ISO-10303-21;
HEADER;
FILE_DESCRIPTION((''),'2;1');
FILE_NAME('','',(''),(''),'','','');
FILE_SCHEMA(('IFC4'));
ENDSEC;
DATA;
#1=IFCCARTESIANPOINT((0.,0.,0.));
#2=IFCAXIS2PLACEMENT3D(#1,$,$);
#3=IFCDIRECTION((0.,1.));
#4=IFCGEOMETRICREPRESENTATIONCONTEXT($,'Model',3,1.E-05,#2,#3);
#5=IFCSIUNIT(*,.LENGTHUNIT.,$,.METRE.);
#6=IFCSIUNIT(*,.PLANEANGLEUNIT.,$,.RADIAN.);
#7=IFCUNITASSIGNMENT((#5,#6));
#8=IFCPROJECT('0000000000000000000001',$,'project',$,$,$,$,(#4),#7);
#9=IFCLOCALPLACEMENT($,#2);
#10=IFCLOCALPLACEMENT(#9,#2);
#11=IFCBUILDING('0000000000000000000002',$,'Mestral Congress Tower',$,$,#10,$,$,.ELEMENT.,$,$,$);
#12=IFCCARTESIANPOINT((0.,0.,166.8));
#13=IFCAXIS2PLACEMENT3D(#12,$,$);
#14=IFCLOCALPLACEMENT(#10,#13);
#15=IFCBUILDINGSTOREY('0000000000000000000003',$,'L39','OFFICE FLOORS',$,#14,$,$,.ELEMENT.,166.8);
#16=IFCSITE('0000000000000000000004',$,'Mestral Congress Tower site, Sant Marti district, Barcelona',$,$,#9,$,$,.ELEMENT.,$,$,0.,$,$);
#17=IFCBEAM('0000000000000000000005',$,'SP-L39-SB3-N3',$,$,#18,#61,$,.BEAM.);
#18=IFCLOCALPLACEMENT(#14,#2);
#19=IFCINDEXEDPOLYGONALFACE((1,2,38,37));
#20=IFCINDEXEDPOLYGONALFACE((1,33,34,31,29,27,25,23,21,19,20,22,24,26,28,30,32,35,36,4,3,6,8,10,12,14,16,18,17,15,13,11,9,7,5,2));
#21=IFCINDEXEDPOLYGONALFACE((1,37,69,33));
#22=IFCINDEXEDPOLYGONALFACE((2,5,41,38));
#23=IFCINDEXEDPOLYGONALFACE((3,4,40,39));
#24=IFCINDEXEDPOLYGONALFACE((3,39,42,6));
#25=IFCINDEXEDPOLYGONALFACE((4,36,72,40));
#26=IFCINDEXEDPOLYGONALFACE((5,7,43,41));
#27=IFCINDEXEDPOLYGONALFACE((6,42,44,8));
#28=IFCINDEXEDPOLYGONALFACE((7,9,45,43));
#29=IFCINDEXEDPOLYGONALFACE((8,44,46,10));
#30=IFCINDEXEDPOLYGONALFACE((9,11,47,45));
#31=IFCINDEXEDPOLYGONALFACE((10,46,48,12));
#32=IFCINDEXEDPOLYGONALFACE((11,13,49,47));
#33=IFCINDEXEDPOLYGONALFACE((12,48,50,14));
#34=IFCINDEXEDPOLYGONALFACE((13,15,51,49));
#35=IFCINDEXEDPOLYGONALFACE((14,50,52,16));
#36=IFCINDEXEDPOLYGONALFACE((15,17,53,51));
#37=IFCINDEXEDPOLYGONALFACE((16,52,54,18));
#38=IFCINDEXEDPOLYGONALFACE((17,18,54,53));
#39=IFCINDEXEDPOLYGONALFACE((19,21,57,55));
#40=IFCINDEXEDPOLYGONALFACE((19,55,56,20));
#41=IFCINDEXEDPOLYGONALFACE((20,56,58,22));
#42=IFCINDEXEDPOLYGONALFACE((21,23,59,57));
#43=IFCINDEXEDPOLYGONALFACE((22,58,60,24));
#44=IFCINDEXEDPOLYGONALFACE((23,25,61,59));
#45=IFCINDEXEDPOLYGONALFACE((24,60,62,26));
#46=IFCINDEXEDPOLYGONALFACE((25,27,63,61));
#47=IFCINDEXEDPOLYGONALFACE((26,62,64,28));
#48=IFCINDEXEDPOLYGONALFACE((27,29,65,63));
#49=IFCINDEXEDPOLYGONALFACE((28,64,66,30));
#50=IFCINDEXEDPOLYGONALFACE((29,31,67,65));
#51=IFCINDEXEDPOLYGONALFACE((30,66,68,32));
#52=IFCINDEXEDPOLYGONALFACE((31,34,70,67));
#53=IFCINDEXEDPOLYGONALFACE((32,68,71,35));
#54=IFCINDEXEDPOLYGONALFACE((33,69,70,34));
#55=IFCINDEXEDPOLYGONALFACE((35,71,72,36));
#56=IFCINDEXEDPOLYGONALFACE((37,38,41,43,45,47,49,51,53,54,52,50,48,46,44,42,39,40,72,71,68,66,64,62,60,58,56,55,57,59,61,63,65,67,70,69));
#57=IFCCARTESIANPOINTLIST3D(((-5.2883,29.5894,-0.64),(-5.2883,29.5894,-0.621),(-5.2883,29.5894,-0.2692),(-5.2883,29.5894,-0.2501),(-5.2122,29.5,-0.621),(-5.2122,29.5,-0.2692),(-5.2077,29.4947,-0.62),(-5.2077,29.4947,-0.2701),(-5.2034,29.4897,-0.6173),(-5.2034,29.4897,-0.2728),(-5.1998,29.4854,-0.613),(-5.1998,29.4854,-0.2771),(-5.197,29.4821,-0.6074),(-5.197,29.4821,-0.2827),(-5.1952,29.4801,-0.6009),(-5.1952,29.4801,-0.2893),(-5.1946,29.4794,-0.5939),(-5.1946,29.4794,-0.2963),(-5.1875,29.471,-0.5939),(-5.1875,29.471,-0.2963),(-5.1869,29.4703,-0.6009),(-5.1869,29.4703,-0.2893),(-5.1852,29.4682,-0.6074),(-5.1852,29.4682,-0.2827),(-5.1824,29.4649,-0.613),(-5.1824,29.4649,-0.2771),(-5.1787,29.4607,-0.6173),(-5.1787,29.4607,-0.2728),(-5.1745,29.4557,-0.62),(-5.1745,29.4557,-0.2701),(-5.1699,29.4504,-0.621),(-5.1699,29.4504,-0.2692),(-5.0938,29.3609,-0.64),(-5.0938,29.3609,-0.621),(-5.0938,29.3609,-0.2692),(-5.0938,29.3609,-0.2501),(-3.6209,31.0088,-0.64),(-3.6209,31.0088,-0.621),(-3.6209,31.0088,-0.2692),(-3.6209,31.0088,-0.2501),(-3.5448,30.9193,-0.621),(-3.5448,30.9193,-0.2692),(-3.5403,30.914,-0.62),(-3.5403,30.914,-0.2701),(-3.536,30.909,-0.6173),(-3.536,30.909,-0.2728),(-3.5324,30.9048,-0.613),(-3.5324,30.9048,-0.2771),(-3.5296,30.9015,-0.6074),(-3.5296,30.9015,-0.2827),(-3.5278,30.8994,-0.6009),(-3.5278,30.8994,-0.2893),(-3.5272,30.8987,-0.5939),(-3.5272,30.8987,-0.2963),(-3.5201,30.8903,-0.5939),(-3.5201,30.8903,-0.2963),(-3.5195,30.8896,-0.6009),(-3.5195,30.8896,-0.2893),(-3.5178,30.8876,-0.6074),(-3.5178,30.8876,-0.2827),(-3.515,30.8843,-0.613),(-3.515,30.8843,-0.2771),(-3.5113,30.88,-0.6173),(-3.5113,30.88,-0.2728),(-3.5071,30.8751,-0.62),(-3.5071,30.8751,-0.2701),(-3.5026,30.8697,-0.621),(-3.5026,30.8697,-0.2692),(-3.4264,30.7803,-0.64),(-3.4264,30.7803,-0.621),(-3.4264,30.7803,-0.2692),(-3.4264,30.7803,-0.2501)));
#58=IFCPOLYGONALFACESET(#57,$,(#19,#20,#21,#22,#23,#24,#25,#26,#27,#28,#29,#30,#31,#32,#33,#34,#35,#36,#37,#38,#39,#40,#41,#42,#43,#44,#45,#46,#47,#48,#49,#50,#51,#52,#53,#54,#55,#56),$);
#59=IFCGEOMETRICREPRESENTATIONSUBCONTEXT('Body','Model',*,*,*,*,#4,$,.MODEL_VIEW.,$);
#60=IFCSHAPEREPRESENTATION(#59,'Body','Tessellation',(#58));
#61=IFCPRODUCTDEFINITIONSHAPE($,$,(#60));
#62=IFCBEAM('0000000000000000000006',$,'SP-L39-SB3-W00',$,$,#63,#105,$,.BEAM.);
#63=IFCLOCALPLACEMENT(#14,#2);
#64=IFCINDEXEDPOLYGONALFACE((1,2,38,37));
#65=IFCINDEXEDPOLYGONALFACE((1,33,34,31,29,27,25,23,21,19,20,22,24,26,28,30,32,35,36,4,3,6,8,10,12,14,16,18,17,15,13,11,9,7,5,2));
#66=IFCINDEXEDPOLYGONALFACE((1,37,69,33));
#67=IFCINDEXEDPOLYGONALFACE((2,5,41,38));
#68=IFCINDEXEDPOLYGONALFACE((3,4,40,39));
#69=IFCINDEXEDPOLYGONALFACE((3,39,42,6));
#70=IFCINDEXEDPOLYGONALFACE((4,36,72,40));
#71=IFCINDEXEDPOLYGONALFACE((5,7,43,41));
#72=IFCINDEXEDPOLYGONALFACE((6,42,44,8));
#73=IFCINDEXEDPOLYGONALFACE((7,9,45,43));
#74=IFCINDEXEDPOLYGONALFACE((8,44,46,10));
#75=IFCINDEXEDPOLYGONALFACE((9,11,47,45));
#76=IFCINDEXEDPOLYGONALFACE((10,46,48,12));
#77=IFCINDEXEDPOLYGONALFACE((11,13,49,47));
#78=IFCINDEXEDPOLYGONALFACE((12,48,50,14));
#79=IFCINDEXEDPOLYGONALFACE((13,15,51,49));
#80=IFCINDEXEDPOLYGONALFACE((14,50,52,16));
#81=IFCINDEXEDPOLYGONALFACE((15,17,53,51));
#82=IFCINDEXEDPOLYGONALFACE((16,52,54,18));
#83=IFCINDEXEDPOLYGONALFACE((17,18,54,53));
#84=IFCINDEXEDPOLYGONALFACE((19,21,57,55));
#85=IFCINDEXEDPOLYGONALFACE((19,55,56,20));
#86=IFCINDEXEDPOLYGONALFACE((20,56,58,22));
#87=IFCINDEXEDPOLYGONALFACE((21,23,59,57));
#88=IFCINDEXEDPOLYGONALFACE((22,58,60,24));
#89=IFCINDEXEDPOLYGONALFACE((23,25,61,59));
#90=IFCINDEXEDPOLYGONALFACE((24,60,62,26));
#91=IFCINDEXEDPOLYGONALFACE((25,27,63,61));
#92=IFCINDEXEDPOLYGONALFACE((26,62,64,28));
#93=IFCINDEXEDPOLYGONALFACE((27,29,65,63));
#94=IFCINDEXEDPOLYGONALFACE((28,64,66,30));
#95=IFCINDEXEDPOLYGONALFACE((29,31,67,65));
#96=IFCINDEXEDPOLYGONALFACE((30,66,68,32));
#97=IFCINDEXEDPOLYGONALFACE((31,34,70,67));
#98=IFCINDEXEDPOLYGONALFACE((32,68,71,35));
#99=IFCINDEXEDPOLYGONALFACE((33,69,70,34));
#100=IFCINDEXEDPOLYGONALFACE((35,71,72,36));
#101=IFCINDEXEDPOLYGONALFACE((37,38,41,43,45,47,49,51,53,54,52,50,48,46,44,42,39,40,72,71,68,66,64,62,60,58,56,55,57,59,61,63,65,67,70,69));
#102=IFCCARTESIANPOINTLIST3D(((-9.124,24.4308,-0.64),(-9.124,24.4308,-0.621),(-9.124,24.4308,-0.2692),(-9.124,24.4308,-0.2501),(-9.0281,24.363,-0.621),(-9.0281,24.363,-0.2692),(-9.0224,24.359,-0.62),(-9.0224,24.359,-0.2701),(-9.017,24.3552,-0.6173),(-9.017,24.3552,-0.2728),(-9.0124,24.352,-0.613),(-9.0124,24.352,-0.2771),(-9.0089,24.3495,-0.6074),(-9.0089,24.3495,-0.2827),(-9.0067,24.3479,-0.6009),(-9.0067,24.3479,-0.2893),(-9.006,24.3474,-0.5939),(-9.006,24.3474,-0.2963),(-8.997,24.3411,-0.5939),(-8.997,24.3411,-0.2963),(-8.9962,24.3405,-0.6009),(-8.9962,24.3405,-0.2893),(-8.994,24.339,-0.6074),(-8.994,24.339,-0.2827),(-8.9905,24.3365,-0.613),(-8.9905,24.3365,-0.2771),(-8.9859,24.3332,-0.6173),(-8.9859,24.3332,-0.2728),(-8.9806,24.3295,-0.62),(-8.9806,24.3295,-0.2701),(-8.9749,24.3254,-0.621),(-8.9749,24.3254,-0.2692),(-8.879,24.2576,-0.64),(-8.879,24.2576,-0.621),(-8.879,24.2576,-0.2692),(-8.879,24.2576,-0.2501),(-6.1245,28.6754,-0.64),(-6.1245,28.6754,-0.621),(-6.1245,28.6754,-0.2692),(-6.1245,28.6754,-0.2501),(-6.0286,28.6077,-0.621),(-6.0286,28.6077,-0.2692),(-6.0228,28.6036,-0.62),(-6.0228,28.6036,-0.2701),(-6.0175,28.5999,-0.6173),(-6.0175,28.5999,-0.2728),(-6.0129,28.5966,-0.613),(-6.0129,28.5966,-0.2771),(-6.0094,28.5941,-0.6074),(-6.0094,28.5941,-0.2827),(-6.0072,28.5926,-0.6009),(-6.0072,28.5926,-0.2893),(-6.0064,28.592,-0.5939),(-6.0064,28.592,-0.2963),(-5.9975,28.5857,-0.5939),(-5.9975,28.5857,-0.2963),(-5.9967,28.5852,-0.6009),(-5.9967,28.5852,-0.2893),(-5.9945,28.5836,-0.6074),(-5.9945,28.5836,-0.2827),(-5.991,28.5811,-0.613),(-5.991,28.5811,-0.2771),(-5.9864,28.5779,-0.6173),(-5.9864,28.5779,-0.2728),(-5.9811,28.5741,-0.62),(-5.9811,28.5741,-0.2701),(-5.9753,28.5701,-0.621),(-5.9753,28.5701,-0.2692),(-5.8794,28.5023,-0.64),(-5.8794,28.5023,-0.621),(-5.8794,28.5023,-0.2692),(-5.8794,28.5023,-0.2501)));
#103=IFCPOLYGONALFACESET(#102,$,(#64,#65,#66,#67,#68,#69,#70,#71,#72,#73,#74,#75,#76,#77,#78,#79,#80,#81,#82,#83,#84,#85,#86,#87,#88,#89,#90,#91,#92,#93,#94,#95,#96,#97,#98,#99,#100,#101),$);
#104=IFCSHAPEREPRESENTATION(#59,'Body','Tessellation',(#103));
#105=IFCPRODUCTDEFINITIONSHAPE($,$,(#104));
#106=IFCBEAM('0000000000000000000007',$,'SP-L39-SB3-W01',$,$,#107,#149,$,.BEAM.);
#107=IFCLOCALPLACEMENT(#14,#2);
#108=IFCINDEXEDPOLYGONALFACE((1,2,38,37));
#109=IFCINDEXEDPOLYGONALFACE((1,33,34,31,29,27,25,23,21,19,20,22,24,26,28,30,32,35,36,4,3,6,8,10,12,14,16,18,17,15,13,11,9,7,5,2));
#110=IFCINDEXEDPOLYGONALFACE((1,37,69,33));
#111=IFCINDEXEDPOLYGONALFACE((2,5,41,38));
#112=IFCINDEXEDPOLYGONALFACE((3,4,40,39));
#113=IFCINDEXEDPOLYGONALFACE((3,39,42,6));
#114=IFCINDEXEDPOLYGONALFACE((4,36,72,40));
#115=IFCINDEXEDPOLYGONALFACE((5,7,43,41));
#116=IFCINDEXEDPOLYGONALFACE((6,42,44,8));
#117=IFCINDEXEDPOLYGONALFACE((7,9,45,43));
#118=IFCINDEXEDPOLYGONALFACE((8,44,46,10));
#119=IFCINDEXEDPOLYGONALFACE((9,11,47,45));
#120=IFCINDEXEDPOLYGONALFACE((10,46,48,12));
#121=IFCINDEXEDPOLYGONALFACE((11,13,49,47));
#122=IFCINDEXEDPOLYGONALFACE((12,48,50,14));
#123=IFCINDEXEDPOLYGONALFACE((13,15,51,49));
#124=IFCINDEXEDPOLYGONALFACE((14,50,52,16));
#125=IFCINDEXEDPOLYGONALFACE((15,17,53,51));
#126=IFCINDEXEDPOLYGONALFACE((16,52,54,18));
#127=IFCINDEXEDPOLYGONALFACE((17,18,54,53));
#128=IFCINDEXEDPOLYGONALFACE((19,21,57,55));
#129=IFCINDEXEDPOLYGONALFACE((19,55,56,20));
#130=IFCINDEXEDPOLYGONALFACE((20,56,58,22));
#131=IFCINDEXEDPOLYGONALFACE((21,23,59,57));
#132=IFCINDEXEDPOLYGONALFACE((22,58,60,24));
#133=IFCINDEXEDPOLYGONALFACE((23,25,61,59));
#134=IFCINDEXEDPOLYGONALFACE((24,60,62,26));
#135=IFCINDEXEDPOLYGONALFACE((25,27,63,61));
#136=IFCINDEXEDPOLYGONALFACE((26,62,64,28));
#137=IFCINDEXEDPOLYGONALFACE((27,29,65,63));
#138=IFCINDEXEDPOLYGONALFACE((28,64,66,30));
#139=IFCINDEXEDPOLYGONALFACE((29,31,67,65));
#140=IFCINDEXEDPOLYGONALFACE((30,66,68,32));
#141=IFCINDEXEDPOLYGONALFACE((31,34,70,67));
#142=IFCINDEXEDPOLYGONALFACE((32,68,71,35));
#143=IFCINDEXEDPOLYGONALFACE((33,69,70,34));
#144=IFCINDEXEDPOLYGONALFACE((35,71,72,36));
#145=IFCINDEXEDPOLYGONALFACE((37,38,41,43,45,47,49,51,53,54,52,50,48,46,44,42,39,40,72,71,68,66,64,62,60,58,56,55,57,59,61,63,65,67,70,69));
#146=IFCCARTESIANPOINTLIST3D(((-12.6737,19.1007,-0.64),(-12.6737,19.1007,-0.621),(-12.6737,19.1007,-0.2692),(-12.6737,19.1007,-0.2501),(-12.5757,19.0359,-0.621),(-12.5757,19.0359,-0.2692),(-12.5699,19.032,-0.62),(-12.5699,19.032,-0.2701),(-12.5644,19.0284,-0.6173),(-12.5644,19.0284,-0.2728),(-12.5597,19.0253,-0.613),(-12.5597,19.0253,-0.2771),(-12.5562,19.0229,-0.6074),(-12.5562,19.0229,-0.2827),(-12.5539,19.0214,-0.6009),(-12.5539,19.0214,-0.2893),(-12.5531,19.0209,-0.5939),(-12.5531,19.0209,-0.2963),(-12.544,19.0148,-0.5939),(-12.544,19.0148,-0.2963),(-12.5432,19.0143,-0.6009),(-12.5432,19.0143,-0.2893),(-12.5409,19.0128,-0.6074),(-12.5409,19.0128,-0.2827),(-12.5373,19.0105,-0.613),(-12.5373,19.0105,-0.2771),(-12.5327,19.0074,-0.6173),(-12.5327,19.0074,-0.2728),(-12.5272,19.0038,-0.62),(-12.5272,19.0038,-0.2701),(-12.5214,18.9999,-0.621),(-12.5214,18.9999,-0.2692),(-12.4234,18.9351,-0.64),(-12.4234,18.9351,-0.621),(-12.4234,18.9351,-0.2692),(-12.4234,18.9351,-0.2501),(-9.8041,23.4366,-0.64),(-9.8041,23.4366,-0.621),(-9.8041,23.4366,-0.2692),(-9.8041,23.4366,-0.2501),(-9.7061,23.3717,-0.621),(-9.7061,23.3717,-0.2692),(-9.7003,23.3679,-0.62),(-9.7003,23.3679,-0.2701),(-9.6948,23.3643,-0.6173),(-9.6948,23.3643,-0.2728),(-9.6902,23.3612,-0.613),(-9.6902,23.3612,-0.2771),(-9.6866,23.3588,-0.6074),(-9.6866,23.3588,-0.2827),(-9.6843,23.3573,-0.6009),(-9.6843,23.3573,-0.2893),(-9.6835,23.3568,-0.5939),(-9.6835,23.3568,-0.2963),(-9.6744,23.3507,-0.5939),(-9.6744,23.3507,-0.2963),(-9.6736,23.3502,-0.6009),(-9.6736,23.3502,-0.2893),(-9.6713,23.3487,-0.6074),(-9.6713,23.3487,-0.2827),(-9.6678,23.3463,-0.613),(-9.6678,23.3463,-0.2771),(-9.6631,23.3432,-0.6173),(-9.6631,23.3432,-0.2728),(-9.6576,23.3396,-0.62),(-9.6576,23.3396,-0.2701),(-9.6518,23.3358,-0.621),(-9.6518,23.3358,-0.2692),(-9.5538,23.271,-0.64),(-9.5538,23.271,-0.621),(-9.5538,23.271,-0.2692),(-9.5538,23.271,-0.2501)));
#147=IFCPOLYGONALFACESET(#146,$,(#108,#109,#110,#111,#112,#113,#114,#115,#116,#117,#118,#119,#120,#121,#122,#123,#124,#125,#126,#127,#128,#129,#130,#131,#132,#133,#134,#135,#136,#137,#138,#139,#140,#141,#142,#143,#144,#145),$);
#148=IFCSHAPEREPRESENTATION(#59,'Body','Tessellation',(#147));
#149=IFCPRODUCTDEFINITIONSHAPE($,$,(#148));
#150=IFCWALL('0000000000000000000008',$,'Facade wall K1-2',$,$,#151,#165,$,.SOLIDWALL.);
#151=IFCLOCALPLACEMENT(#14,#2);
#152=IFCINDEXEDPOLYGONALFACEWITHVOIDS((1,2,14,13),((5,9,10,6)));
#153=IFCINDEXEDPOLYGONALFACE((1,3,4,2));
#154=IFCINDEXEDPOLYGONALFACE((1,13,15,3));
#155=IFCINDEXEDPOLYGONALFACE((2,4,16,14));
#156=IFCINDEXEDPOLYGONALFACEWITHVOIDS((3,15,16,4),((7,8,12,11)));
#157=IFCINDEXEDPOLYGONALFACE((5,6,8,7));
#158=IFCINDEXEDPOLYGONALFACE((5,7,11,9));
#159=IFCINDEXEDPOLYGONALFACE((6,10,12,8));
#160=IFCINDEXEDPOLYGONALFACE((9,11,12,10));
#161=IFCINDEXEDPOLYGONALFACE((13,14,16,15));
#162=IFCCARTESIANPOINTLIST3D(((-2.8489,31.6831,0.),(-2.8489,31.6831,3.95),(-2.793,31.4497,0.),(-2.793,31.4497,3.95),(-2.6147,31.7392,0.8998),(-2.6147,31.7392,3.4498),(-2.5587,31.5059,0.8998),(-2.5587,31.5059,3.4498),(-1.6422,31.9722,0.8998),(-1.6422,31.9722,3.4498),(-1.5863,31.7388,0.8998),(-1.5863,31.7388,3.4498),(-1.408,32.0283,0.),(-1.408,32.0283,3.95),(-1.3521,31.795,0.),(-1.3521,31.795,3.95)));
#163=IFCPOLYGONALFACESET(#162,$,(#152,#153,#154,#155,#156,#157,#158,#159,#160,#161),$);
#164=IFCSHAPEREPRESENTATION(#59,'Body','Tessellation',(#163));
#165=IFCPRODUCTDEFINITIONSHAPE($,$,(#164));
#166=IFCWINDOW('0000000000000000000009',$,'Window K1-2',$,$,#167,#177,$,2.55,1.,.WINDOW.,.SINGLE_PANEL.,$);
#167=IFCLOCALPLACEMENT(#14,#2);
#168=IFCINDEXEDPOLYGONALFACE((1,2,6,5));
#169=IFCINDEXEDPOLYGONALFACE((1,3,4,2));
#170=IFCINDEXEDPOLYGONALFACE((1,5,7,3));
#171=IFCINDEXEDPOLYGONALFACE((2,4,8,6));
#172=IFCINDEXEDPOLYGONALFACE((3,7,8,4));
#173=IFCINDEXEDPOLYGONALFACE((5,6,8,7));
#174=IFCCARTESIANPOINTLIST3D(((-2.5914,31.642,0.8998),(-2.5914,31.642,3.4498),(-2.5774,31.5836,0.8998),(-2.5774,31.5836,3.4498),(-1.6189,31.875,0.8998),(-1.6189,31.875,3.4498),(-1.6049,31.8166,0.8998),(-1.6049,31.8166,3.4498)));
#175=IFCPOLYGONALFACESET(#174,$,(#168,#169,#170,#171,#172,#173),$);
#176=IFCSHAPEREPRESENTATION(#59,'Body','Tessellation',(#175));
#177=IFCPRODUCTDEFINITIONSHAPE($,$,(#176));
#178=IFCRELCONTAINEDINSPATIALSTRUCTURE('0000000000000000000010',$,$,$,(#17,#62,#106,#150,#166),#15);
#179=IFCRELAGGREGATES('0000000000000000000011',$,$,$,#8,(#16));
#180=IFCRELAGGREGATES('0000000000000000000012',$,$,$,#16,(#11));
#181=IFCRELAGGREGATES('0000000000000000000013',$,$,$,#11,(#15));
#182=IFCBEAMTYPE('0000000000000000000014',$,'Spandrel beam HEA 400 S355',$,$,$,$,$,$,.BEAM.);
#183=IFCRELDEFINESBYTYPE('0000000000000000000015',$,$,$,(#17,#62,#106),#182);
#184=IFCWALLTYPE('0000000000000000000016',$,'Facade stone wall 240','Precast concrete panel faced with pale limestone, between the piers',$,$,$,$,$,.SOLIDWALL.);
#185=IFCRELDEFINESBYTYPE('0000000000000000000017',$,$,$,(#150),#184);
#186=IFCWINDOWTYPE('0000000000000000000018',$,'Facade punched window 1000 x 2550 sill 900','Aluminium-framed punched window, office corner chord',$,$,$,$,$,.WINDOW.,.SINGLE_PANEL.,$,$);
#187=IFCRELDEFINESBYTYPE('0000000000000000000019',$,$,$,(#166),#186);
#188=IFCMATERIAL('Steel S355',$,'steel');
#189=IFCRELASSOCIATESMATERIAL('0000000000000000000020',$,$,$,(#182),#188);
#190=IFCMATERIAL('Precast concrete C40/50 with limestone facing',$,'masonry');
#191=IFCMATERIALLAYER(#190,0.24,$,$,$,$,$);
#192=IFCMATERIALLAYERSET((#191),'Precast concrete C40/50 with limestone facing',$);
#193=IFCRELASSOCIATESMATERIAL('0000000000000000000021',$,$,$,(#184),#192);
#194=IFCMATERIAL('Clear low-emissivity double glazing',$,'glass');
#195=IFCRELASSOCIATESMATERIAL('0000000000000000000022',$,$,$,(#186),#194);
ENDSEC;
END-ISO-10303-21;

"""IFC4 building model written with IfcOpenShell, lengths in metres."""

from ifc_helpers import new_model, si_unit, direction, frame, frame_2d, origin, origin_2d, place, context, subcontext, project, spatial, rectangle, i_section, extrude, material, layer, layer_set, material_profile, profile_set, type_object, element, fill, save


model = new_model("IFC4")

# Units and contexts
model_context = context("Model", 3, precision=1e-05, world=origin(), true_north=direction((0.0, 1.0)))
body_context = subcontext(model_context, "Body", "Model", "MODEL_VIEW")
ifc_project = project(units=[si_unit("LENGTHUNIT", "METRE"), si_unit("PLANEANGLEUNIT", "RADIAN")], contexts=[model_context])

# Site, building, storey
site_placement = place(None, origin())
site = spatial("IfcSite", under=ifc_project, at=site_placement, Name="Mestral Congress Tower site, Sant Marti district, Barcelona", CompositionType="ELEMENT", RefElevation=0.0)
building_placement = place(site_placement, origin())
building = spatial("IfcBuilding", under=site, at=building_placement, Name="Mestral Congress Tower", CompositionType="ELEMENT")
storey_placement = place(building_placement, frame((0.0, 0.0, 166.8)))
storey = spatial("IfcBuildingStorey", under=building, at=storey_placement, Name="L39", Description="OFFICE FLOORS", CompositionType="ELEMENT", Elevation=166.8)

# Beams
ifc_material_1 = material(Name="Steel S355", Category="steel")
ifc_material_profile_1 = material_profile(ifc_material_1, i_section(OverallWidth=0.3, OverallDepth=0.3899, WebThickness=0.011, FlangeThickness=0.019, FilletRadius=0.0271, at=origin_2d()), Name="HEA 400")
ifc_profile_set_1 = profile_set([ifc_material_profile_1], Name="Steel S355")
beam_type_1 = type_object("IfcBeamType", Name="Spandrel beam HEA 400 S355", PredefinedType="BEAM", material=ifc_profile_set_1)
beam_1_placement = place(storey_placement, frame((-3.5237, 30.8945, -0.4451), z_axis=(-0.761471, -0.648198, 0.0), x_axis=(0.648198, -0.761471, 0.0)))
element("IfcBeam", 1, at=beam_1_placement, inside=storey, type_object=beam_type_1, Name="SP-L39-SB3-N3", PredefinedType="BEAM", context=body_context, shape_type="SweptSolid", body=[
    extrude(i_section(OverallWidth=0.3, OverallDepth=0.3899, WebThickness=0.011, FlangeThickness=0.019, FilletRadius=0.0271, at=origin_2d()), origin(), (0.0, 0.0, 1.0), 2.1897),
])
beam_2_placement = place(storey_placement, frame((-6.002, 28.5889, -0.4451), z_axis=(-0.577107, -0.816668, 0.0), x_axis=(0.816668, -0.577107, 0.0)))
element("IfcBeam", 2, at=beam_2_placement, inside=storey, type_object=beam_type_1, Name="SP-L39-SB3-W00", PredefinedType="BEAM", context=body_context, shape_type="SweptSolid", body=[
    extrude(i_section(OverallWidth=0.3, OverallDepth=0.3899, WebThickness=0.011, FlangeThickness=0.019, FilletRadius=0.0271, at=origin_2d()), origin(), (0.0, 0.0, 1.0), 5.1975),
])
beam_3_placement = place(storey_placement, frame((-9.679, 23.3538, -0.4451), z_axis=(-0.551901, -0.833909, 0.0), x_axis=(0.833909, -0.551901, 0.0)))
element("IfcBeam", 3, at=beam_3_placement, inside=storey, type_object=beam_type_1, Name="SP-L39-SB3-W01", PredefinedType="BEAM", context=body_context, shape_type="SweptSolid", body=[
    extrude(i_section(OverallWidth=0.3, OverallDepth=0.3899, WebThickness=0.011, FlangeThickness=0.019, FilletRadius=0.0271, at=origin_2d()), origin(), (0.0, 0.0, 1.0), 5.1995),
])

# Wall, opening, window
ifc_material_2 = material(Name="Precast concrete C40/50 with limestone facing", Category="masonry")
ifc_layer_1 = layer(ifc_material_2, 0.24)
ifc_layer_set_1 = layer_set([ifc_layer_1], Name="Precast concrete C40/50 with limestone facing")
wall_type_1 = type_object("IfcWallType", Name="Facade stone wall 240", Description="Precast concrete panel faced with pale limestone, between the piers", PredefinedType="SOLIDWALL", material=ifc_layer_set_1)
wall_1_placement = place(storey_placement, frame((-1.3801, 31.9116, 0.0), z_axis=(0.0, 0.0, 1.0), x_axis=(-0.97248, -0.232987, 0.0)))
wall_1 = element("IfcWall", 4, at=wall_1_placement, inside=storey, type_object=wall_type_1, Name="Facade wall K1-2", PredefinedType="SOLIDWALL", context=body_context, shape_type="SweptSolid", body=[
    extrude(rectangle(XDim=1.4817, YDim=0.24, at=frame_2d((0.7407, 0.0))), origin(), (0.0, 0.0, 1.0), 3.95),
])
opening_1_placement = place(wall_1_placement, frame((0.2407, 0.0, 0.8999)))
opening_1 = element("IfcOpeningElement", 5, at=opening_1_placement, cuts=wall_1, PredefinedType="OPENING", context=body_context, shape_type="SweptSolid", body=[
    extrude(rectangle(XDim=1.0, YDim=2.55, at=frame_2d((0.5, 1.2749))), frame((0.0, 0.1299, 0.0), z_axis=(0.0, -1.0, 0.0), x_axis=(1.0, 0.0, 0.0)), (0.0, 0.0, 1.0), 0.26),
])
ifc_material_3 = material(Name="Clear low-emissivity double glazing", Category="glass")
window_type_1 = type_object("IfcWindowType", Name="Facade punched window 1000 x 2550 sill 900", Description="Aluminium-framed punched window, office corner chord", PartitioningType="SINGLE_PANEL", PredefinedType="WINDOW", material=ifc_material_3)
window_1_placement = place(opening_1_placement, origin())
window_1 = element("IfcWindow", 6, at=window_1_placement, inside=storey, type_object=window_type_1, Name="Window K1-2", OverallHeight=2.55, OverallWidth=1.0, PartitioningType="SINGLE_PANEL", PredefinedType="WINDOW", context=body_context, shape_type="SweptSolid", body=[
    extrude(rectangle(XDim=1.0, YDim=2.55, at=frame_2d((0.5, 1.2749))), frame((0.0, 0.04, 0.0), z_axis=(0.0, -1.0, 0.0), x_axis=(1.0, 0.0, 0.0)), (0.0, 0.0, 1.0), 0.0601),
])
fill(opening_1, window_1)

save(model, "model.ifc")
